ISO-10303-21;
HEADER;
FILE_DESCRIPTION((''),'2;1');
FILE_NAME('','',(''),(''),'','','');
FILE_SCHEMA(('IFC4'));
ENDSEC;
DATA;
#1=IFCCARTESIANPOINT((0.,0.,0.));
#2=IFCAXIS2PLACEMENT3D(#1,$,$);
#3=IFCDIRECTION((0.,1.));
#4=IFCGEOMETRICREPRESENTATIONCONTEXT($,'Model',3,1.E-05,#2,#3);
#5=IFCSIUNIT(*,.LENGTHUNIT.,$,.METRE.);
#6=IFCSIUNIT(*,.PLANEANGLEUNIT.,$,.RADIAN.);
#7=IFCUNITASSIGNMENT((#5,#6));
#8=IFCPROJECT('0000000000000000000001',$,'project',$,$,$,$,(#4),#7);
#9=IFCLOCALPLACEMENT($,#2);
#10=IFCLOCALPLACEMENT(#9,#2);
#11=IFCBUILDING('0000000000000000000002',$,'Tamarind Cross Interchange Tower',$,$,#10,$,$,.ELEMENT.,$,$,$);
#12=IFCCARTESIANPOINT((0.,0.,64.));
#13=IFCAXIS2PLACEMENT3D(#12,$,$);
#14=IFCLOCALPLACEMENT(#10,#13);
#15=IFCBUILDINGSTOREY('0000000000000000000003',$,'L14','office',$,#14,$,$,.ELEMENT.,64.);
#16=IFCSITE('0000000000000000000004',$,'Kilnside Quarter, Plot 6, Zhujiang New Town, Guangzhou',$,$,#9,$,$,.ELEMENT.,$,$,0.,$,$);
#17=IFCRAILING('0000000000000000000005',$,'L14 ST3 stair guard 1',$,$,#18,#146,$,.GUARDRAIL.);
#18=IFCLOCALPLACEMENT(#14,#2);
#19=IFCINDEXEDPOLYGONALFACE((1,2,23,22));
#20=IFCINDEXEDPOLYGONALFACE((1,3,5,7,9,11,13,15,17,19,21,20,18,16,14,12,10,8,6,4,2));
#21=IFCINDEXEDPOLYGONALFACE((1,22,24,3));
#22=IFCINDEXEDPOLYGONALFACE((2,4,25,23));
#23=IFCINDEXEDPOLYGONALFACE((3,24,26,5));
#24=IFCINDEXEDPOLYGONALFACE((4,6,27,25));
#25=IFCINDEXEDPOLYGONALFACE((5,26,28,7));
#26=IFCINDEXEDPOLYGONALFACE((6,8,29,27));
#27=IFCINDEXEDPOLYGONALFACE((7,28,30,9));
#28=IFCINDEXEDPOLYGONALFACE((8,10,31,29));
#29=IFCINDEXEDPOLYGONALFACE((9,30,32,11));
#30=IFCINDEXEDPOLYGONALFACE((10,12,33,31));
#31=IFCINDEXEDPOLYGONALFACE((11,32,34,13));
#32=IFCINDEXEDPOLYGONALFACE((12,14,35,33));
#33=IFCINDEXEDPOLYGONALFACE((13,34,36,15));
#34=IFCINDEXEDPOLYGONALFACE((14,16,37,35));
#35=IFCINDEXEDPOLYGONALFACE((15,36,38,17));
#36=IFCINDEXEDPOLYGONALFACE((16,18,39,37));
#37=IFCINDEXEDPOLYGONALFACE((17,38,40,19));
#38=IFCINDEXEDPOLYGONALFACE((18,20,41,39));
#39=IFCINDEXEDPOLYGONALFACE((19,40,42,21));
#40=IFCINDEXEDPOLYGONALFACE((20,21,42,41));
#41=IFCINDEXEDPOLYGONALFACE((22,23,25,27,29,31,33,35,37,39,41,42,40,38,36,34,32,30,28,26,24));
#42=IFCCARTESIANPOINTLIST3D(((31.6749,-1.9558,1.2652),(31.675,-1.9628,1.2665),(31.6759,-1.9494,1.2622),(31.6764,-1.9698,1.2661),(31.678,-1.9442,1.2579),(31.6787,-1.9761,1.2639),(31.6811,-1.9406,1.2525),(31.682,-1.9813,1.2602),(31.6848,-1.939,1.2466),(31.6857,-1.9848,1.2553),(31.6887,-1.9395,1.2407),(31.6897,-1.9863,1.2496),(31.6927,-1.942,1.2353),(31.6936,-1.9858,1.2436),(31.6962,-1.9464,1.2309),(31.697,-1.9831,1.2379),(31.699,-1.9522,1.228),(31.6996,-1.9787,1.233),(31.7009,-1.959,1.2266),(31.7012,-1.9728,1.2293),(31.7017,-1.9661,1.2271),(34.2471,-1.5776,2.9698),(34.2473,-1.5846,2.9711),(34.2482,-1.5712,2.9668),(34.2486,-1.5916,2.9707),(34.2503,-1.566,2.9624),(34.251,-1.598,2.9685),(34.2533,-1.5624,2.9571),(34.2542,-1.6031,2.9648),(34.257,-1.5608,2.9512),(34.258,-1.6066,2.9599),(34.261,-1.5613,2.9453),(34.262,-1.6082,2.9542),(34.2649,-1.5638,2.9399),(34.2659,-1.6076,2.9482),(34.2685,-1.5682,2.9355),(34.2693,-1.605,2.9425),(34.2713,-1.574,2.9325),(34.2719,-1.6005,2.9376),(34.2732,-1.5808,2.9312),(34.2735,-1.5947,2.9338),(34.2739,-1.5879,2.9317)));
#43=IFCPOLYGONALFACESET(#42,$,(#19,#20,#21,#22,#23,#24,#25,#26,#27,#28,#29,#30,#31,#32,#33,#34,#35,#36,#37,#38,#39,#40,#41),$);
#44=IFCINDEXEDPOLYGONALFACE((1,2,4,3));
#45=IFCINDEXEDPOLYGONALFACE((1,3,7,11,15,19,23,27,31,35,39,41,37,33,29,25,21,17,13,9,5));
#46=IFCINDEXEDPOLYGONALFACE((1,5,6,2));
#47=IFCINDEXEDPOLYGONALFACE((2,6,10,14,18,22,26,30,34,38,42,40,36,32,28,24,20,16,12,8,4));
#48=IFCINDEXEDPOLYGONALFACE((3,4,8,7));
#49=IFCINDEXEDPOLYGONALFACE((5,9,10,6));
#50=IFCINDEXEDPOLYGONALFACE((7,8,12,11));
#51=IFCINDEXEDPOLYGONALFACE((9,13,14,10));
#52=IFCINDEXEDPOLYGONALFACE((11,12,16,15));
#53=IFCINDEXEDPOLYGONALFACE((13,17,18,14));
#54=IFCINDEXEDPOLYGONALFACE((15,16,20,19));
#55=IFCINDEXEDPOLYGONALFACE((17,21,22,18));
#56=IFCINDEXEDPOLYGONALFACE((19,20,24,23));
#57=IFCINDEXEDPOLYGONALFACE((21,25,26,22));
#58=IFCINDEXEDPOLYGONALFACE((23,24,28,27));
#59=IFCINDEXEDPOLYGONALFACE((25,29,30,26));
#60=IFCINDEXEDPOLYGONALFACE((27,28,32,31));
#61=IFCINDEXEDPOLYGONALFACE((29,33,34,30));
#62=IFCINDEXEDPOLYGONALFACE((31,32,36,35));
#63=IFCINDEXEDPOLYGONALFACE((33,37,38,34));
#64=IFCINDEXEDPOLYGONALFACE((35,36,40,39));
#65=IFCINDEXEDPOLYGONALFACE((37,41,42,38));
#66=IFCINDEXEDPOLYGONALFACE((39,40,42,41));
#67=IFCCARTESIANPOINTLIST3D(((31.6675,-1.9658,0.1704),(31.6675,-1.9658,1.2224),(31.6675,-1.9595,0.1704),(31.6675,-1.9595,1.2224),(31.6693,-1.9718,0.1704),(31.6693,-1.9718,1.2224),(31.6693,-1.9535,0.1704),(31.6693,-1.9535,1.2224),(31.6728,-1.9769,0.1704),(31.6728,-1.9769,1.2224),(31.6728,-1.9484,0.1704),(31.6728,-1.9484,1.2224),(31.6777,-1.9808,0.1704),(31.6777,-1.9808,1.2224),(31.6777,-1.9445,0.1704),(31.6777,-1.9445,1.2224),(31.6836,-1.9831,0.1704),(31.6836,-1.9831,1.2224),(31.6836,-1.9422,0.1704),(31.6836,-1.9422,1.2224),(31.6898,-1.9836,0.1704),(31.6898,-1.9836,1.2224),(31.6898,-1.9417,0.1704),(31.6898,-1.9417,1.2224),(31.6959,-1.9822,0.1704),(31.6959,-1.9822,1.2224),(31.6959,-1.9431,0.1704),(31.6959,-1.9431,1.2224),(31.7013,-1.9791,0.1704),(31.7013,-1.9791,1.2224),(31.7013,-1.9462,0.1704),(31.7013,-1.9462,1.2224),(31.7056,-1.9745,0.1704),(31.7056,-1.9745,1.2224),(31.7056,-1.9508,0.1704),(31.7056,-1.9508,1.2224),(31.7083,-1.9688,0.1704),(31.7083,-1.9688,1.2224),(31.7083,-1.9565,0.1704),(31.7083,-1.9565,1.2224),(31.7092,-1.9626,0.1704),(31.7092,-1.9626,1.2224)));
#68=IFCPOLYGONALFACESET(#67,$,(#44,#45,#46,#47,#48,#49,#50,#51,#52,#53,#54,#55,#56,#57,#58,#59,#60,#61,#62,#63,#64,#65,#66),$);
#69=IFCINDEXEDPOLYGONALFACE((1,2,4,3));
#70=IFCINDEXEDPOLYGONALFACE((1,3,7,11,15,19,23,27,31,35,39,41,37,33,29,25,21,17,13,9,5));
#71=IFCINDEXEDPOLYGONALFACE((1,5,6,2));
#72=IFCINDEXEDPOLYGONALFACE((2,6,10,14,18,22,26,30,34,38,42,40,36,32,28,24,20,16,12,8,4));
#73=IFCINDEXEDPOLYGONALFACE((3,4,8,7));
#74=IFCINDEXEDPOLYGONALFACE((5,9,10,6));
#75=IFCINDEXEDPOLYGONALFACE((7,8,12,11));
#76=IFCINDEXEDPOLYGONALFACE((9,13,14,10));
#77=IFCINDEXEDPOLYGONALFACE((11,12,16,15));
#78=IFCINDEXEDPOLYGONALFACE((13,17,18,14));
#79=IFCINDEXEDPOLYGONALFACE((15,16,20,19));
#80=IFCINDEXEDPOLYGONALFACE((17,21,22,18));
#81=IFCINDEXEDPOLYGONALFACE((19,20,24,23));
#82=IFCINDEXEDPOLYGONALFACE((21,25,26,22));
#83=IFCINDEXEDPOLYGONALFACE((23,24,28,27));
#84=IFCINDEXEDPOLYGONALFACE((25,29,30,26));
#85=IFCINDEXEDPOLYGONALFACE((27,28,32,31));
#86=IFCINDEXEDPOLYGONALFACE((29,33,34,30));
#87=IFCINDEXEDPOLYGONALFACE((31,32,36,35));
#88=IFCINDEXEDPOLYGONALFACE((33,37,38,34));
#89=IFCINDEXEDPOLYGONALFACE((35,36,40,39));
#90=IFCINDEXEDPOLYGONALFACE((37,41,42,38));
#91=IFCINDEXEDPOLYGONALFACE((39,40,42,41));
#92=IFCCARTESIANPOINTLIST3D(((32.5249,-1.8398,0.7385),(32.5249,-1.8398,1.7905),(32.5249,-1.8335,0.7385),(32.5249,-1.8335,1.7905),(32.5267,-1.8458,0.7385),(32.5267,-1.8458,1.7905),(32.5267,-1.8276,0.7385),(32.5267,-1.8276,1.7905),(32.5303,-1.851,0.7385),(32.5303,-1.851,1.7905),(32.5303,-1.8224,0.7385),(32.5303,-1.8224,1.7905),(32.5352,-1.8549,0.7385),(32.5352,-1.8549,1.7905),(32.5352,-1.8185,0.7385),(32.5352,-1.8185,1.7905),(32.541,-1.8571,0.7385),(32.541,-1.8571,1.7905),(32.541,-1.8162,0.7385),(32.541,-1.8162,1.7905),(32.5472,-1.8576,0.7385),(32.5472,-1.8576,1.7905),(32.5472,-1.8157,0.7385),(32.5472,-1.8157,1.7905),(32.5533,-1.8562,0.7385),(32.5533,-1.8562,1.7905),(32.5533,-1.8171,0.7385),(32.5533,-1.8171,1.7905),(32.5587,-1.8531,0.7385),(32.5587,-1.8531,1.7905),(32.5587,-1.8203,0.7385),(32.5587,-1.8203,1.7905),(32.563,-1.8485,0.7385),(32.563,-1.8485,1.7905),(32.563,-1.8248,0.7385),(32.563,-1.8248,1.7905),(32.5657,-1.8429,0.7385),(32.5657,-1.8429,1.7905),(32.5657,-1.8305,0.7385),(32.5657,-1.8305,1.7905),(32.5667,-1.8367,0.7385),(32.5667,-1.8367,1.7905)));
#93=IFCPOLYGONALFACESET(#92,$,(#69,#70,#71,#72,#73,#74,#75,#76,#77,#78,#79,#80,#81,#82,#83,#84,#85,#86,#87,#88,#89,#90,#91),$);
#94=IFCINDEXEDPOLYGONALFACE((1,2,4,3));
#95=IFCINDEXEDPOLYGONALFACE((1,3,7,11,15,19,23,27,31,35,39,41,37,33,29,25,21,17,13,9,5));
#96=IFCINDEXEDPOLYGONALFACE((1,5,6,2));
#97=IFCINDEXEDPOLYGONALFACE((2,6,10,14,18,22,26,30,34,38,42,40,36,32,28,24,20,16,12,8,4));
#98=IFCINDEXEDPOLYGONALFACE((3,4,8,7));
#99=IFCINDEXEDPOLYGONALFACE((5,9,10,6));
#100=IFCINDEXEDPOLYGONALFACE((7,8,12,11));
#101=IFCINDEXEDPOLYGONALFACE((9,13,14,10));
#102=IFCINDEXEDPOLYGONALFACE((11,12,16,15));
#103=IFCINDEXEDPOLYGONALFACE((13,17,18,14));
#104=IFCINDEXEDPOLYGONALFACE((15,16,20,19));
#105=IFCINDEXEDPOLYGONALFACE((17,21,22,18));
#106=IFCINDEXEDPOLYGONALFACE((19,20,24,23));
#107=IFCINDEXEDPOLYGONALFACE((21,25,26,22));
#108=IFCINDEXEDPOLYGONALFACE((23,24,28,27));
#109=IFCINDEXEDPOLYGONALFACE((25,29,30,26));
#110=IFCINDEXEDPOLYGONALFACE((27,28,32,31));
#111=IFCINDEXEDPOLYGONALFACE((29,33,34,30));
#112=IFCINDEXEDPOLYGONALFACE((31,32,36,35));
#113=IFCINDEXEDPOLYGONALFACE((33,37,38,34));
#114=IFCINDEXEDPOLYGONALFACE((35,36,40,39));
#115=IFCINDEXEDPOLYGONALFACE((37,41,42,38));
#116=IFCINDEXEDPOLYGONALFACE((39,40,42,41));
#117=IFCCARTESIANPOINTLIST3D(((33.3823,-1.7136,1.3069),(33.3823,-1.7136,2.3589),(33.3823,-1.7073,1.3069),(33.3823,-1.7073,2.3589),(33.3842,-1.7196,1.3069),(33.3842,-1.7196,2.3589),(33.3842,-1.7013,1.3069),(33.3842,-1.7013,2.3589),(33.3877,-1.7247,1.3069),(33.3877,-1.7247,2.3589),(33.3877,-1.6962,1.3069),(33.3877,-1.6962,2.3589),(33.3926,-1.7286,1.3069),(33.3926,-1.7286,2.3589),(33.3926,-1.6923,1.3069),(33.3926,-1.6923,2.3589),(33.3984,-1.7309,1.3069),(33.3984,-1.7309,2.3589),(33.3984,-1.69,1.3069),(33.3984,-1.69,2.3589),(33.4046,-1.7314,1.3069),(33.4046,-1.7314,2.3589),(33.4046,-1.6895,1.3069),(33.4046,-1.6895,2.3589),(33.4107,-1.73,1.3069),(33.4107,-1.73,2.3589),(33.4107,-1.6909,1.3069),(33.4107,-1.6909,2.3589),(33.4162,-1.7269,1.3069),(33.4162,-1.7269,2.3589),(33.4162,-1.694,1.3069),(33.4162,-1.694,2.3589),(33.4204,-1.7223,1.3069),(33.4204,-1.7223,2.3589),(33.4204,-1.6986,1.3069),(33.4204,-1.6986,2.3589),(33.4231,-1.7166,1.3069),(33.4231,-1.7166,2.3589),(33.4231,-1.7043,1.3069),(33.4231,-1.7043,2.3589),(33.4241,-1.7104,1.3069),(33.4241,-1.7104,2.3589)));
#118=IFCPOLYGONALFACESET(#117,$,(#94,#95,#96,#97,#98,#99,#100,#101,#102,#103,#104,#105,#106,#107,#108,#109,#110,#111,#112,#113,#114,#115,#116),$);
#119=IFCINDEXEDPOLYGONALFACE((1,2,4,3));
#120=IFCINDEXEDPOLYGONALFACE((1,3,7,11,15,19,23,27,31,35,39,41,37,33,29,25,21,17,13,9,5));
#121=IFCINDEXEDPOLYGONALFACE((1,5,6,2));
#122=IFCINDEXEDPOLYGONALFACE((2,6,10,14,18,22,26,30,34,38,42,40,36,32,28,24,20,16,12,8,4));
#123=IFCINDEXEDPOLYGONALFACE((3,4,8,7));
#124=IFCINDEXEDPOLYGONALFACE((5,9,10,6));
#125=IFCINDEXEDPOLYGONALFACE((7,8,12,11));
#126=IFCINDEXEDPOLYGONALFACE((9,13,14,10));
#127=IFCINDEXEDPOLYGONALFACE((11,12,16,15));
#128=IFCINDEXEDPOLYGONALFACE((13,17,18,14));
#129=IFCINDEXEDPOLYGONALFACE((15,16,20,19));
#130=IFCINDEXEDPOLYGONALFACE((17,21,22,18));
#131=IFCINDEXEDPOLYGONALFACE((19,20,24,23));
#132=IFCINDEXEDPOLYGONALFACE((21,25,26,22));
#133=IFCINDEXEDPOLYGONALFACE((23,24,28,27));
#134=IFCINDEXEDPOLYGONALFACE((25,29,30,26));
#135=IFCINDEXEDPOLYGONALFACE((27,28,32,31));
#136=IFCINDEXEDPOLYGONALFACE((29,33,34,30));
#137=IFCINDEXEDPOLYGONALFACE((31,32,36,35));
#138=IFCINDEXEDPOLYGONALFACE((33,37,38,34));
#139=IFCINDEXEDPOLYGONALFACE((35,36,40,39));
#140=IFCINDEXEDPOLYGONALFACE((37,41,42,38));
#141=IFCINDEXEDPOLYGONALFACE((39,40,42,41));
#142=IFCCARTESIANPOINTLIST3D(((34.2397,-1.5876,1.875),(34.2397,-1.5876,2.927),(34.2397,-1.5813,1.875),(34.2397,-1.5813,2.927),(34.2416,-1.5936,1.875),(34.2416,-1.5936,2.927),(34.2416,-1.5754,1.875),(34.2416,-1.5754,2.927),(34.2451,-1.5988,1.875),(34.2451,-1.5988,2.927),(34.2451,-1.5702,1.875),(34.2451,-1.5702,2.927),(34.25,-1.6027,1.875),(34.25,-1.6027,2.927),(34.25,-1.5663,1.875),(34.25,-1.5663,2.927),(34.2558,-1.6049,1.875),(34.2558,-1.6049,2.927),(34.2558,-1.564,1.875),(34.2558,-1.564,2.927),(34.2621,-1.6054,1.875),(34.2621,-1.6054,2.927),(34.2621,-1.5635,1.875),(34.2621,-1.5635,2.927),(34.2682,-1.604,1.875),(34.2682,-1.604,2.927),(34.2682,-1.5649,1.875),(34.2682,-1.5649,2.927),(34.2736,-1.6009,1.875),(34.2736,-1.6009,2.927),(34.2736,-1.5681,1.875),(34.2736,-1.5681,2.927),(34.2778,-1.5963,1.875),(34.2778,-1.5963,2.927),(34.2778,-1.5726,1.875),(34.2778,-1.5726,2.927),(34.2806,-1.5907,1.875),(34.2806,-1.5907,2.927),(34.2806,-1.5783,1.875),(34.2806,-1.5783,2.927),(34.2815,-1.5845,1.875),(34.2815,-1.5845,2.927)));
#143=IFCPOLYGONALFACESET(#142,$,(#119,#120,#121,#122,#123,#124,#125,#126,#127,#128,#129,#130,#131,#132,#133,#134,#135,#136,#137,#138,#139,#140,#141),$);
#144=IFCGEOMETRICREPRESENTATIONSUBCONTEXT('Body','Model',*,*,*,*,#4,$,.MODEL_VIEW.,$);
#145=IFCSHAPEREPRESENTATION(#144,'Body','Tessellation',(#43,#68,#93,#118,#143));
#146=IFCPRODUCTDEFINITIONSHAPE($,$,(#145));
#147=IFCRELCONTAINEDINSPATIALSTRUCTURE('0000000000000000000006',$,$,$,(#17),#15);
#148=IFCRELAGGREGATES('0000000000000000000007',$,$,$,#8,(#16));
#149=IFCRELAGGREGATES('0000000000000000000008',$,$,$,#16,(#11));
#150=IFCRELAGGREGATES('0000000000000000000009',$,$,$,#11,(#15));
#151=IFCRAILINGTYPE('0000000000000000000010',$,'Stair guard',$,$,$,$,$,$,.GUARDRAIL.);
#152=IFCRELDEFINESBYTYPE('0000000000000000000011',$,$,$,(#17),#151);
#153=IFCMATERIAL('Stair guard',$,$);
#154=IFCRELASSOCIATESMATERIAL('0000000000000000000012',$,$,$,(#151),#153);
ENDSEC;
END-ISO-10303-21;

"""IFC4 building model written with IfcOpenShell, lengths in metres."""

from ifc_helpers import new_model, si_unit, direction, frame, origin, origin_2d, place, context, subcontext, project, spatial, circle, extrude, material, type_object, element, save


model = new_model("IFC4")

# Units and contexts
model_context = context("Model", 3, precision=1e-05, world=origin(), true_north=direction((0.0, 1.0)))
body_context = subcontext(model_context, "Body", "Model", "MODEL_VIEW")
ifc_project = project(units=[si_unit("LENGTHUNIT", "METRE"), si_unit("PLANEANGLEUNIT", "RADIAN")], contexts=[model_context])

# Site, building, storey
site_placement = place(None, origin())
site = spatial("IfcSite", under=ifc_project, at=site_placement, Name="Kilnside Quarter, Plot 6, Zhujiang New Town, Guangzhou", CompositionType="ELEMENT", RefElevation=0.0)
building_placement = place(site_placement, origin())
building = spatial("IfcBuilding", under=site, at=building_placement, Name="Tamarind Cross Interchange Tower", CompositionType="ELEMENT")
storey_placement = place(building_placement, frame((0.0, 0.0, 64.0)))
storey = spatial("IfcBuildingStorey", under=building, at=storey_placement, Name="L14", Description="office", CompositionType="ELEMENT", Elevation=64.0)

# Railing
ifc_material_1 = material(Name="Stair guard")
railing_type_1 = type_object("IfcRailingType", Name="Stair guard", PredefinedType="GUARDRAIL", material=ifc_material_1)
railing_1_placement = place(storey_placement, frame((31.6882, -1.9626, 0.1704)))
element("IfcRailing", 1, at=railing_1_placement, inside=storey, type_object=railing_type_1, Name="L14 ST3 stair guard 1", PredefinedType="GUARDRAIL", context=body_context, shape_type="SweptSolid", body=[
    extrude(circle(Radius=0.0239, at=origin_2d()), frame((0.0, 0.0, 1.0762), z_axis=(0.827391, 0.121643, 0.548295), x_axis=(-0.145456, 0.989365, 0.0)), (0.0, 0.0, 1.0), 3.1089),
    extrude(circle(Radius=0.021, at=origin_2d()), origin(), (0.0, 0.0, 1.0), 1.052),
    extrude(circle(Radius=0.021, at=origin_2d()), frame((0.8574, 0.126, 0.5681)), (0.0, 0.0, 1.0), 1.052),
    extrude(circle(Radius=0.021, at=origin_2d()), frame((1.7148, 0.2522, 1.1365)), (0.0, 0.0, 1.0), 1.052),
    extrude(circle(Radius=0.021, at=origin_2d()), frame((2.5723, 0.3782, 1.7046)), (0.0, 0.0, 1.0), 1.052),
])

save(model, "model.ifc")
